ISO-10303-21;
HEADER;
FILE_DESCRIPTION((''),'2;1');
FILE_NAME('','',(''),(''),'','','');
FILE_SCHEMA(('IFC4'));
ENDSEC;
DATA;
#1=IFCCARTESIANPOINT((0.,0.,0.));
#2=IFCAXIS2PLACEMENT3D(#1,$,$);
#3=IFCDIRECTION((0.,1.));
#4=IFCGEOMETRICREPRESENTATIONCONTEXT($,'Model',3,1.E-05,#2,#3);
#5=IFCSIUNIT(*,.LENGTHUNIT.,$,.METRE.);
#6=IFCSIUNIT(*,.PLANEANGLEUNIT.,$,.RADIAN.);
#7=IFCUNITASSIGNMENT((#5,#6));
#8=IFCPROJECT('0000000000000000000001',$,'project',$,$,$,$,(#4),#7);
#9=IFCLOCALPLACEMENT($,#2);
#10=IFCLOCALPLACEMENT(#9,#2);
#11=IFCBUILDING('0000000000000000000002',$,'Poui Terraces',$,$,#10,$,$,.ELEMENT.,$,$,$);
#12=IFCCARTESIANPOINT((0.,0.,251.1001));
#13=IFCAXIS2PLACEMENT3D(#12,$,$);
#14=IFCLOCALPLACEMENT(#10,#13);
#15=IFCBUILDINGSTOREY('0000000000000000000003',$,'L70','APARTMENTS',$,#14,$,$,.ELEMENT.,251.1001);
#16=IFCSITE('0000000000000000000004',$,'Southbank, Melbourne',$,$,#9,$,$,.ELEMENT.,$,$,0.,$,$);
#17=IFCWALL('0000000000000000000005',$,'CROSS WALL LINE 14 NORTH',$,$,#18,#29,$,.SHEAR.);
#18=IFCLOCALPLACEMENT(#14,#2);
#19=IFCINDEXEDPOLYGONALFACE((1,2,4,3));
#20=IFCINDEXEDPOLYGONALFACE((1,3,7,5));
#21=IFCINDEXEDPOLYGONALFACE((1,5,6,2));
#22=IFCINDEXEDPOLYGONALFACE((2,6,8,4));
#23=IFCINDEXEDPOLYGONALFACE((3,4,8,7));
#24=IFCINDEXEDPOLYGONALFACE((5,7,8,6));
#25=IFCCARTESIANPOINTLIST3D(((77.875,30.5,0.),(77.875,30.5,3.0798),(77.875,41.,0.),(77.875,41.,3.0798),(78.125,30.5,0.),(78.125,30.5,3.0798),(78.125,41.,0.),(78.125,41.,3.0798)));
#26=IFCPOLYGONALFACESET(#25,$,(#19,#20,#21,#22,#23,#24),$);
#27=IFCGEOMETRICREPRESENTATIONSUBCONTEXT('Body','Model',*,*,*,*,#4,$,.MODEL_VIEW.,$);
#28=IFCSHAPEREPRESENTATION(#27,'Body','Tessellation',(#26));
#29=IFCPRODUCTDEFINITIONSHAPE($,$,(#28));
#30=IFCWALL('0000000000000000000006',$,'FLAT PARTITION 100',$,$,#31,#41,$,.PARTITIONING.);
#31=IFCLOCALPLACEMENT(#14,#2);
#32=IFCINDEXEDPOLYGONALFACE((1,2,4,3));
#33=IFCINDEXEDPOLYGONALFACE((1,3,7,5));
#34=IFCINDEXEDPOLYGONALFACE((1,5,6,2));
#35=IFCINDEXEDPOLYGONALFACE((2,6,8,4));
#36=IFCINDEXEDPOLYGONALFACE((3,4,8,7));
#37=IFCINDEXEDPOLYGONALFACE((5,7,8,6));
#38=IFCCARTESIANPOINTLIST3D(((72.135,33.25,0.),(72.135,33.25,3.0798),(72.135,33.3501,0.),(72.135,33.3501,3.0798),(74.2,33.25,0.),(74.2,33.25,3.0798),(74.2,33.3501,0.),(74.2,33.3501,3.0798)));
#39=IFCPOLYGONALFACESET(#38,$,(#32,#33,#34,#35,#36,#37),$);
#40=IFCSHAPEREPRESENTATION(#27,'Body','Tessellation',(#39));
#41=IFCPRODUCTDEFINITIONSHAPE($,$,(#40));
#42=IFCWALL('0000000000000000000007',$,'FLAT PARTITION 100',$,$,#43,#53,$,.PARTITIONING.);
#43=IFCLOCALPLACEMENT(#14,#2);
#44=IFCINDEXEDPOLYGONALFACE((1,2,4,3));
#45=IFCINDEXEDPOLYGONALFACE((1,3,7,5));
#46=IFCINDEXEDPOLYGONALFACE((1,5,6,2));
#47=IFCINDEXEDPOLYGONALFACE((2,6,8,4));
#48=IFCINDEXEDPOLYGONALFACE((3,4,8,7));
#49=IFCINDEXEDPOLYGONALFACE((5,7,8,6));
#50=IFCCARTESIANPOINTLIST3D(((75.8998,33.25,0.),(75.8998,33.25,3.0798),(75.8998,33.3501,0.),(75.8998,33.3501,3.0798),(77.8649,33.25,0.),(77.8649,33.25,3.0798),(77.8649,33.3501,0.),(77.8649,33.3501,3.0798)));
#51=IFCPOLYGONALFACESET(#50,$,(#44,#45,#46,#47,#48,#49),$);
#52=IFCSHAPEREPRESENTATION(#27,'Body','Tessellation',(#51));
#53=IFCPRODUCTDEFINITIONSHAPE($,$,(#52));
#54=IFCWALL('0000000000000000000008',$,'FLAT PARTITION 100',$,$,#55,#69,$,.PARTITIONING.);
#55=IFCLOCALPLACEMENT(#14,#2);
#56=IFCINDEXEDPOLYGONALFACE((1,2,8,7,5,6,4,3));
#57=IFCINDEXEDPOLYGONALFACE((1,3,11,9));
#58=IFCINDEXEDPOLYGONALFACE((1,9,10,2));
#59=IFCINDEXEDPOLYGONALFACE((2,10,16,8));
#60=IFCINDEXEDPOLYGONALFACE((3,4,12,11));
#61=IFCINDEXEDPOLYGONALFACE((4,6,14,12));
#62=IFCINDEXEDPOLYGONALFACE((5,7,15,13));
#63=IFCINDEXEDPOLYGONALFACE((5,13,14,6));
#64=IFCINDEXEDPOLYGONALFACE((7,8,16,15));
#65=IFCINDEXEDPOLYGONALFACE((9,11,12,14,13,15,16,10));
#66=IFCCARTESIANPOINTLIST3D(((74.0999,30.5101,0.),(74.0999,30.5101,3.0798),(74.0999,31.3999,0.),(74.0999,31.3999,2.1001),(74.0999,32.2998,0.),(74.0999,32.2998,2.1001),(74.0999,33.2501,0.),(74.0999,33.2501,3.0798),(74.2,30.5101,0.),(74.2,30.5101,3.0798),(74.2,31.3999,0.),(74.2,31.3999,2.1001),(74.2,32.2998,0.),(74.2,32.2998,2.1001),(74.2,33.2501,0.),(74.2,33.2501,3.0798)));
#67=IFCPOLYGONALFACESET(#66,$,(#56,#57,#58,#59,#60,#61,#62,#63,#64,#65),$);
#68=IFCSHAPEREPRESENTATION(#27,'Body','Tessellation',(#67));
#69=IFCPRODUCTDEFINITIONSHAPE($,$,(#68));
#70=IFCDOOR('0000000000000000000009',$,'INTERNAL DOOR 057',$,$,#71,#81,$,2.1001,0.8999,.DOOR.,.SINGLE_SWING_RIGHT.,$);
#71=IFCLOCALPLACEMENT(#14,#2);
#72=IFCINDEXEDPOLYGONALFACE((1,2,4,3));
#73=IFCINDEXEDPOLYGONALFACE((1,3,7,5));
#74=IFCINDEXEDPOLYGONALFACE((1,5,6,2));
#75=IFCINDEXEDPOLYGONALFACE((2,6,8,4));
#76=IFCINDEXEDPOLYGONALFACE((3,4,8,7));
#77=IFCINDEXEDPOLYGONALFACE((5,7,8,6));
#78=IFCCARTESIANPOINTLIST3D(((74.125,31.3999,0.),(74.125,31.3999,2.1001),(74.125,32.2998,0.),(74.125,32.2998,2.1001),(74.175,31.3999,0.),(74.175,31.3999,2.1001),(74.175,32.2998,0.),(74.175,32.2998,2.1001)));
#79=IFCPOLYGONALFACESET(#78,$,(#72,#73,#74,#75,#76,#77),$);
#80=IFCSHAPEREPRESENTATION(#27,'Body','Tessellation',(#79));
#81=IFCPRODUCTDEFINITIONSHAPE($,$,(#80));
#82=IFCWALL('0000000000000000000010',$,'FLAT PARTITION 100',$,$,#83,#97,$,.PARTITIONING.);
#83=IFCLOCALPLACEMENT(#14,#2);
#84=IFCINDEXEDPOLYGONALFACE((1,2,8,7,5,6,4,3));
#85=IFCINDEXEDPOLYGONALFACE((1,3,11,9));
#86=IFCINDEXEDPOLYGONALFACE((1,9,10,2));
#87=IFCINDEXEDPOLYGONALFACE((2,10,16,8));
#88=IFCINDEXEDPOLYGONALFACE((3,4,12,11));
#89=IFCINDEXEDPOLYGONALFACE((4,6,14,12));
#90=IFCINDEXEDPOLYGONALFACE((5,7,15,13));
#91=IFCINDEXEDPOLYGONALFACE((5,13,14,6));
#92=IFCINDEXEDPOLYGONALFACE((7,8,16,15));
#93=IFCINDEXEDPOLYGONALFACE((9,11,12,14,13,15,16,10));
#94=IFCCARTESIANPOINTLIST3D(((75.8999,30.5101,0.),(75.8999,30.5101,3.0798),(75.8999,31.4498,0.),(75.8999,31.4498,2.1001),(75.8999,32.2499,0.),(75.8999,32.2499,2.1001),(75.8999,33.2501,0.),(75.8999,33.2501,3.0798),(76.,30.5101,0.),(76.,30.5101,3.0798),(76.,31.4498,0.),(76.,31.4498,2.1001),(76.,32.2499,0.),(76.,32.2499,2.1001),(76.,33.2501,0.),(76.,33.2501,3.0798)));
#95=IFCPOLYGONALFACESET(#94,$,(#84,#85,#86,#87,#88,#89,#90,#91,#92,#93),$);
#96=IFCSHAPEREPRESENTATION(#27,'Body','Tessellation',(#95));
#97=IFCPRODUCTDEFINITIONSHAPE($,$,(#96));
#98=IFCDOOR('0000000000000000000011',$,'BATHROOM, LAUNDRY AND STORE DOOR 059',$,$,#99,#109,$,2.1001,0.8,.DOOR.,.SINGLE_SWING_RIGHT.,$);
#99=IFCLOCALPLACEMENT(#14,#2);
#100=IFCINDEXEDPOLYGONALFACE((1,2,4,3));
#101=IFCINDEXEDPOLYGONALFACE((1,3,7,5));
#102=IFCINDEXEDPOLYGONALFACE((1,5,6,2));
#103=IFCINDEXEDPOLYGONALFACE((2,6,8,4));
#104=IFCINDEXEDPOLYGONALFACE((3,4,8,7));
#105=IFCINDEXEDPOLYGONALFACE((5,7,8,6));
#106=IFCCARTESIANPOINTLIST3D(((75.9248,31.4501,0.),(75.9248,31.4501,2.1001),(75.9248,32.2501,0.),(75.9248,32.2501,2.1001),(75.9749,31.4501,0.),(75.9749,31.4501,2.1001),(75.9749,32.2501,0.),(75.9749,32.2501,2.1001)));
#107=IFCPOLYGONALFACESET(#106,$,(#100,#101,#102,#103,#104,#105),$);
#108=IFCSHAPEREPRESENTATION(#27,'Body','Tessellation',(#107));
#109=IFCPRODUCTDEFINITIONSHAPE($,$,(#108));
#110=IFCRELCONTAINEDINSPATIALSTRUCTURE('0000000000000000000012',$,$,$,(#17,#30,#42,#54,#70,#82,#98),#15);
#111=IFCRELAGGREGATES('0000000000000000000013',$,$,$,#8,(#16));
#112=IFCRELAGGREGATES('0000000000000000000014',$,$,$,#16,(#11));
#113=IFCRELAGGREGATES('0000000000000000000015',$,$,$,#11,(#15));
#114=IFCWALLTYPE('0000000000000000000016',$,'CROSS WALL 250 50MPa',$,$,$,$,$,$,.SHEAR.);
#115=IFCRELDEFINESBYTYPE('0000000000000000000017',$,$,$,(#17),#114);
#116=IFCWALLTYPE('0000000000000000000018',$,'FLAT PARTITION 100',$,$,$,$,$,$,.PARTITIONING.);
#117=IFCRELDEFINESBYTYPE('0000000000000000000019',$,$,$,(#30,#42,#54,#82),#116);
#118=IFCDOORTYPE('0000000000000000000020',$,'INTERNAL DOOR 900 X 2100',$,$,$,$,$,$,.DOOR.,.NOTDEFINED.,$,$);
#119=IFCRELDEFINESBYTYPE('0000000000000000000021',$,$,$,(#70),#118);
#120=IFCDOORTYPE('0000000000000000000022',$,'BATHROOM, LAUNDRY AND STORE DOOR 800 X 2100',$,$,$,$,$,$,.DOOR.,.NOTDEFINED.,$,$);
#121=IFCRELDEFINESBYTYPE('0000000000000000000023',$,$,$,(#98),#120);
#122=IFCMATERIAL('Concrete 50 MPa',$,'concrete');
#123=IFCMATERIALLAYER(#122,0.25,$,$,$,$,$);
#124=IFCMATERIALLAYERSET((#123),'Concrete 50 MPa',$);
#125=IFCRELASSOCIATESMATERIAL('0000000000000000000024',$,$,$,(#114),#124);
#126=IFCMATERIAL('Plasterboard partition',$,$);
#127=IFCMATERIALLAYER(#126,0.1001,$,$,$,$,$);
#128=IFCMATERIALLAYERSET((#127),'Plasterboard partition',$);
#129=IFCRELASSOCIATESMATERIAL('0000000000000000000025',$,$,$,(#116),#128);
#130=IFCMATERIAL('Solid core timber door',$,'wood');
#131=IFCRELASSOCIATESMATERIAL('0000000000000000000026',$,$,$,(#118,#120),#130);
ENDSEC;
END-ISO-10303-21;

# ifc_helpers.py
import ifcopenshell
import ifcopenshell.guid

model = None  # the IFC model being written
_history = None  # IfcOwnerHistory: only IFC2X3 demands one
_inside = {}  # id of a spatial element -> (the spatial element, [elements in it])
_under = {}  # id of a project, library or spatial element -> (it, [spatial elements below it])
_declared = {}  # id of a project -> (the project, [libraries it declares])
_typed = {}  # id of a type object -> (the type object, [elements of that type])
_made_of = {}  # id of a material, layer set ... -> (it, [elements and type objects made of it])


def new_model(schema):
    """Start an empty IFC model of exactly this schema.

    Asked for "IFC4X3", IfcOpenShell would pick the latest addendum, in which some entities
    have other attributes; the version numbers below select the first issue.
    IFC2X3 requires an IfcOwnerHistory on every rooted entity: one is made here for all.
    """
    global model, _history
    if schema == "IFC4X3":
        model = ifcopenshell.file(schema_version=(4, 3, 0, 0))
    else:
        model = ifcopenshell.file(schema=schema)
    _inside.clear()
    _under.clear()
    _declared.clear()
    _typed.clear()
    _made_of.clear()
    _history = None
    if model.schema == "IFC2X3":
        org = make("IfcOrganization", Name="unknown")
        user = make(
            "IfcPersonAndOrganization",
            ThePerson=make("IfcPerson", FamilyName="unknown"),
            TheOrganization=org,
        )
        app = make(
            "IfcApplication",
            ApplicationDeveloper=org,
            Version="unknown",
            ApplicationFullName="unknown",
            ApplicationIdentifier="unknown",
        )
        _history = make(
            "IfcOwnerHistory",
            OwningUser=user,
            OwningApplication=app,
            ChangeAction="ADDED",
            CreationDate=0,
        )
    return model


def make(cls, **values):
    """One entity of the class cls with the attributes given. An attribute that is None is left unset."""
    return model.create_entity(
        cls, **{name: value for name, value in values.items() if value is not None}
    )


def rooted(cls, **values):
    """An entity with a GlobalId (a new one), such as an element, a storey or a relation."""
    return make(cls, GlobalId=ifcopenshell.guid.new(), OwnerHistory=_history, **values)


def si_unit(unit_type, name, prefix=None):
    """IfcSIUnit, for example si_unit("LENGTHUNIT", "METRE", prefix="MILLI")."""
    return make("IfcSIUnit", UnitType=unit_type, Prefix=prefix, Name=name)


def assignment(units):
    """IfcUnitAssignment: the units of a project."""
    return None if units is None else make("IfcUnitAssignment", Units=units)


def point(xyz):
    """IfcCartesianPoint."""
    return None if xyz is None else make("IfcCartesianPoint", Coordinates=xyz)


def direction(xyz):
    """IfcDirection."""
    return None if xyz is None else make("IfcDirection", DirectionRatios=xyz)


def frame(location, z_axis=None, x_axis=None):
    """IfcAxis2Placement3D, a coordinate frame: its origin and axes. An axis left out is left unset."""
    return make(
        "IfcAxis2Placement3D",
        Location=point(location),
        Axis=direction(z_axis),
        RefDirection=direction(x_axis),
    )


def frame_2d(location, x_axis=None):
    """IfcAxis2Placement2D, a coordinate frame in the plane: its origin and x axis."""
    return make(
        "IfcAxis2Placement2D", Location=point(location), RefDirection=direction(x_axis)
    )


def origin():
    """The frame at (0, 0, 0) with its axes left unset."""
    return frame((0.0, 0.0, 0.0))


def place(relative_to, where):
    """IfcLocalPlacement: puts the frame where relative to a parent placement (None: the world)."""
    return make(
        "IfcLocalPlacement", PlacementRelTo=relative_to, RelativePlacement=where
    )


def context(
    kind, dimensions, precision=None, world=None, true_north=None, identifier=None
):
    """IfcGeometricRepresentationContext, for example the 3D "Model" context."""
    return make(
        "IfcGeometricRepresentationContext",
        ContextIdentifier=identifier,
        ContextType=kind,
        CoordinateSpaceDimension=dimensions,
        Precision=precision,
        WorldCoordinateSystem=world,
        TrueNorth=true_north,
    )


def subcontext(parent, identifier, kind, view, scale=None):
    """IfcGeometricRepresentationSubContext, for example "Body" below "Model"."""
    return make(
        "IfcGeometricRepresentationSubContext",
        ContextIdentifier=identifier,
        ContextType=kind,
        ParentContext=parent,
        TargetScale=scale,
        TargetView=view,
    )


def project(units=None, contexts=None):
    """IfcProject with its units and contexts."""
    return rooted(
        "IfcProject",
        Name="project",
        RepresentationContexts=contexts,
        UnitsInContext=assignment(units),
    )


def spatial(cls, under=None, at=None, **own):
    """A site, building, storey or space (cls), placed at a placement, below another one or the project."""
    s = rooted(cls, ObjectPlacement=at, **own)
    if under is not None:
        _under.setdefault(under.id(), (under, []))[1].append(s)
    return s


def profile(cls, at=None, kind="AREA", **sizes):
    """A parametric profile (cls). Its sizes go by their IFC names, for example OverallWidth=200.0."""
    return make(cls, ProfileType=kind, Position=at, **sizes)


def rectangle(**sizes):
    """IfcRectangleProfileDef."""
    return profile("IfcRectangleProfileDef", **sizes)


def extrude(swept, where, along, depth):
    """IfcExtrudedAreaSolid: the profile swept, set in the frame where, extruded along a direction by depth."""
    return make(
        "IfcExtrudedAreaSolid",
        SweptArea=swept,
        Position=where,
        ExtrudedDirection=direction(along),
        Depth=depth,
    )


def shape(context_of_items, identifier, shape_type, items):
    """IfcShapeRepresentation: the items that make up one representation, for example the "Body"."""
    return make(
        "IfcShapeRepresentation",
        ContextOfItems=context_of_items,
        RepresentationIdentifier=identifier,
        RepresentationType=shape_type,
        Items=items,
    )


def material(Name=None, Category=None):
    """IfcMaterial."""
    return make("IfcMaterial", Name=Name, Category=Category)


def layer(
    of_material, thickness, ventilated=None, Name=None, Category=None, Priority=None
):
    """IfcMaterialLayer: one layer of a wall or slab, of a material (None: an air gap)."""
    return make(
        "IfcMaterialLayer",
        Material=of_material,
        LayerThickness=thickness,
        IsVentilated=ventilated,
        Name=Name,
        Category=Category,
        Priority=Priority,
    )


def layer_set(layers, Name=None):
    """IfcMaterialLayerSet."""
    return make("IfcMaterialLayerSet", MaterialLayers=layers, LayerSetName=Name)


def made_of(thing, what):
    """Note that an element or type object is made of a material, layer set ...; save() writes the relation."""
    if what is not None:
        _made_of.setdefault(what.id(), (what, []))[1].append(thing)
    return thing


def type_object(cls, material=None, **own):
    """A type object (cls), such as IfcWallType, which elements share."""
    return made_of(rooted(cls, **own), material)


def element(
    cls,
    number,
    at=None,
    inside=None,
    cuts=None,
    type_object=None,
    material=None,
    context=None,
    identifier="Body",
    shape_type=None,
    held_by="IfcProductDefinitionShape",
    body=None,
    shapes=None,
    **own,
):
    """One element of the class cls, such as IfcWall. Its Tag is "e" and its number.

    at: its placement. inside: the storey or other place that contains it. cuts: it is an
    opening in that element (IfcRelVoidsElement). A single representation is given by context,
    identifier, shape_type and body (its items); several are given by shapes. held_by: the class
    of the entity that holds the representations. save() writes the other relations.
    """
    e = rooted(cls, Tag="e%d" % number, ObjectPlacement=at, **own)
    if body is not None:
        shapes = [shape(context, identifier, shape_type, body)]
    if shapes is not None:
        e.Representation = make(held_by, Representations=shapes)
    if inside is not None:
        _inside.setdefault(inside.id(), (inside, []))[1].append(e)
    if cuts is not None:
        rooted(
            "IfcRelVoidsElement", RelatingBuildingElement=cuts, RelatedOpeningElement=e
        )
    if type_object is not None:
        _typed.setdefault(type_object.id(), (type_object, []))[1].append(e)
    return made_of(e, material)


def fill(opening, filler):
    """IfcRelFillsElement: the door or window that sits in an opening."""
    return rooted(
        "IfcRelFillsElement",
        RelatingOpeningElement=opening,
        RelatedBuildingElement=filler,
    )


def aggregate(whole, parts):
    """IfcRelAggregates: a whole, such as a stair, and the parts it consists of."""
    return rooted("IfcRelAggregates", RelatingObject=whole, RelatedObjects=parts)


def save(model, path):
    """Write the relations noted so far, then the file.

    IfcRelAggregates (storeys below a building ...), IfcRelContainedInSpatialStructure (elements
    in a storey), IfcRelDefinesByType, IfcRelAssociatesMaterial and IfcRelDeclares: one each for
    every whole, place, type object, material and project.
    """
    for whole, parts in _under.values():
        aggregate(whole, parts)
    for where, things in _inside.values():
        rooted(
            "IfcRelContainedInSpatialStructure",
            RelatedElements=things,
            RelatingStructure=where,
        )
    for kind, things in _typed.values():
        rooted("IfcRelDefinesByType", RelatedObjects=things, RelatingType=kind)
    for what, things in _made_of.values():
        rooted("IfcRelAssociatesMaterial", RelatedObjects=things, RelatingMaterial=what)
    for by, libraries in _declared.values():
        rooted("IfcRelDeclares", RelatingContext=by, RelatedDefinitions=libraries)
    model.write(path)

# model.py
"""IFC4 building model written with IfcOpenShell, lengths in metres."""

from ifc_helpers import new_model, si_unit, direction, frame, frame_2d, origin, place, context, subcontext, project, spatial, rectangle, extrude, material, layer, layer_set, type_object, element, fill, save


model = new_model("IFC4")

# Units and contexts
model_context = context("Model", 3, precision=1e-05, world=origin(), true_north=direction((0.0, 1.0)))
body_context = subcontext(model_context, "Body", "Model", "MODEL_VIEW")
ifc_project = project(units=[si_unit("LENGTHUNIT", "METRE"), si_unit("PLANEANGLEUNIT", "RADIAN")], contexts=[model_context])

# Site, building, storey
site_placement = place(None, origin())
site = spatial("IfcSite", under=ifc_project, at=site_placement, Name="Southbank, Melbourne", CompositionType="ELEMENT", RefElevation=0.0)
building_placement = place(site_placement, origin())
building = spatial("IfcBuilding", under=site, at=building_placement, Name="Poui Terraces", CompositionType="ELEMENT")
storey_placement = place(building_placement, frame((0.0, 0.0, 251.1001)))
storey = spatial("IfcBuildingStorey", under=building, at=storey_placement, Name="L70", Description="APARTMENTS", CompositionType="ELEMENT", Elevation=251.1001)

# Walls
ifc_material_1 = material(Name="Concrete 50 MPa", Category="concrete")
ifc_layer_1 = layer(ifc_material_1, 0.25)
ifc_layer_set_1 = layer_set([ifc_layer_1], Name="Concrete 50 MPa")
wall_type_1 = type_object("IfcWallType", Name="CROSS WALL 250 50MPa", PredefinedType="SHEAR", material=ifc_layer_set_1)
wall_1_placement = place(storey_placement, frame((78.0, 30.5, 0.0), z_axis=(0.0, 0.0, 1.0), x_axis=(0.0, 1.0, 0.0)))
element("IfcWall", 1, at=wall_1_placement, inside=storey, type_object=wall_type_1, Name="CROSS WALL LINE 14 NORTH", PredefinedType="SHEAR", context=body_context, shape_type="SweptSolid", body=[
    extrude(rectangle(XDim=10.5, YDim=0.25, at=frame_2d((5.25, 0.0))), origin(), (0.0, 0.0, 1.0), 3.0798),
])
ifc_material_2 = material(Name="Plasterboard partition")
ifc_layer_2 = layer(ifc_material_2, 0.1001)
ifc_layer_set_2 = layer_set([ifc_layer_2], Name="Plasterboard partition")
wall_type_2 = type_object("IfcWallType", Name="FLAT PARTITION 100", PredefinedType="PARTITIONING", material=ifc_layer_set_2)
wall_2_placement = place(storey_placement, frame((72.135, 33.3, 0.0), z_axis=(0.0, 0.0, 1.0), x_axis=(1.0, 0.0, 0.0)))
element("IfcWall", 2, at=wall_2_placement, inside=storey, type_object=wall_type_2, Name="FLAT PARTITION 100", PredefinedType="PARTITIONING", context=body_context, shape_type="SweptSolid", body=[
    extrude(rectangle(XDim=2.0649, YDim=0.1001, at=frame_2d((1.0325, 0.0))), origin(), (0.0, 0.0, 1.0), 3.0798),
])
wall_3_placement = place(storey_placement, frame((75.8999, 33.3, 0.0), z_axis=(0.0, 0.0, 1.0), x_axis=(1.0, 0.0, 0.0)))
element("IfcWall", 3, at=wall_3_placement, inside=storey, type_object=wall_type_2, Name="FLAT PARTITION 100", PredefinedType="PARTITIONING", context=body_context, shape_type="SweptSolid", body=[
    extrude(rectangle(XDim=1.9651, YDim=0.1001, at=frame_2d((0.9824, 0.0))), origin(), (0.0, 0.0, 1.0), 3.0798),
])

# Walls, openings, doors
wall_4_placement = place(storey_placement, frame((74.1499, 30.51, 0.0), z_axis=(0.0, 0.0, 1.0), x_axis=(0.0, 1.0, 0.0)))
wall_4 = element("IfcWall", 4, at=wall_4_placement, inside=storey, type_object=wall_type_2, Name="FLAT PARTITION 100", PredefinedType="PARTITIONING", context=body_context, shape_type="SweptSolid", body=[
    extrude(rectangle(XDim=2.74, YDim=0.1001, at=frame_2d((1.3701, 0.0))), origin(), (0.0, 0.0, 1.0), 3.0798),
])
opening_1_placement = place(wall_4_placement, frame((0.8899, 0.0, 0.0)))
opening_1 = element("IfcOpeningElement", 5, at=opening_1_placement, cuts=wall_4, PredefinedType="OPENING", context=body_context, shape_type="SweptSolid", body=[
    extrude(rectangle(XDim=0.8999, YDim=2.1001, at=frame_2d((0.45, 1.05))), frame((0.0, 0.0601, 0.0), z_axis=(0.0, -1.0, 0.0), x_axis=(1.0, 0.0, 0.0)), (0.0, 0.0, 1.0), 0.1201),
])
ifc_material_3 = material(Name="Solid core timber door", Category="wood")
door_type_1 = type_object("IfcDoorType", Name="INTERNAL DOOR 900 X 2100", OperationType="NOTDEFINED", PredefinedType="DOOR", material=ifc_material_3)
door_1_placement = place(opening_1_placement, origin())
door_1 = element("IfcDoor", 6, at=door_1_placement, inside=storey, type_object=door_type_1, Name="INTERNAL DOOR 057", OperationType="SINGLE_SWING_RIGHT", OverallHeight=2.1001, OverallWidth=0.8999, PredefinedType="DOOR", context=body_context, shape_type="SweptSolid", body=[
    extrude(rectangle(XDim=0.8999, YDim=2.1001, at=frame_2d((0.45, 1.05))), frame((0.0, 0.0249, 0.0), z_axis=(0.0, -1.0, 0.0), x_axis=(1.0, 0.0, 0.0)), (0.0, 0.0, 1.0), 0.05),
])
fill(opening_1, door_1)
wall_5_placement = place(storey_placement, frame((75.95, 30.51, 0.0), z_axis=(0.0, 0.0, 1.0), x_axis=(0.0, 1.0, 0.0)))
wall_5 = element("IfcWall", 7, at=wall_5_placement, inside=storey, type_object=wall_type_2, Name="FLAT PARTITION 100", PredefinedType="PARTITIONING", context=body_context, shape_type="SweptSolid", body=[
    extrude(rectangle(XDim=2.74, YDim=0.1001, at=frame_2d((1.3701, 0.0))), origin(), (0.0, 0.0, 1.0), 3.0798),
])
opening_2_placement = place(wall_5_placement, frame((0.9399, 0.0, 0.0)))
opening_2 = element("IfcOpeningElement", 8, at=opening_2_placement, cuts=wall_5, PredefinedType="OPENING", context=body_context, shape_type="SweptSolid", body=[
    extrude(rectangle(XDim=0.8, YDim=2.1001, at=frame_2d((0.3999, 1.05))), frame((0.0, 0.0601, 0.0), z_axis=(0.0, -1.0, 0.0), x_axis=(1.0, 0.0, 0.0)), (0.0, 0.0, 1.0), 0.1201),
])
door_type_2 = type_object("IfcDoorType", Name="BATHROOM, LAUNDRY AND STORE DOOR 800 X 2100", OperationType="NOTDEFINED", PredefinedType="DOOR", material=ifc_material_3)
door_2_placement = place(opening_2_placement, frame((0.8, 0.0, 0.0), z_axis=(0.0, 0.0, 1.0), x_axis=(-1.0, 0.0, 0.0)))
door_2 = element("IfcDoor", 9, at=door_2_placement, inside=storey, type_object=door_type_2, Name="BATHROOM, LAUNDRY AND STORE DOOR 059", OperationType="SINGLE_SWING_RIGHT", OverallHeight=2.1001, OverallWidth=0.8, PredefinedType="DOOR", context=body_context, shape_type="SweptSolid", body=[
    extrude(rectangle(XDim=0.8, YDim=2.1001, at=frame_2d((0.3999, 1.05))), frame((0.0, 0.0249, 0.0), z_axis=(0.0, -1.0, 0.0), x_axis=(1.0, 0.0, 0.0)), (0.0, 0.0, 1.0), 0.05),
])
fill(opening_2, door_2)

save(model, "model.ifc")
